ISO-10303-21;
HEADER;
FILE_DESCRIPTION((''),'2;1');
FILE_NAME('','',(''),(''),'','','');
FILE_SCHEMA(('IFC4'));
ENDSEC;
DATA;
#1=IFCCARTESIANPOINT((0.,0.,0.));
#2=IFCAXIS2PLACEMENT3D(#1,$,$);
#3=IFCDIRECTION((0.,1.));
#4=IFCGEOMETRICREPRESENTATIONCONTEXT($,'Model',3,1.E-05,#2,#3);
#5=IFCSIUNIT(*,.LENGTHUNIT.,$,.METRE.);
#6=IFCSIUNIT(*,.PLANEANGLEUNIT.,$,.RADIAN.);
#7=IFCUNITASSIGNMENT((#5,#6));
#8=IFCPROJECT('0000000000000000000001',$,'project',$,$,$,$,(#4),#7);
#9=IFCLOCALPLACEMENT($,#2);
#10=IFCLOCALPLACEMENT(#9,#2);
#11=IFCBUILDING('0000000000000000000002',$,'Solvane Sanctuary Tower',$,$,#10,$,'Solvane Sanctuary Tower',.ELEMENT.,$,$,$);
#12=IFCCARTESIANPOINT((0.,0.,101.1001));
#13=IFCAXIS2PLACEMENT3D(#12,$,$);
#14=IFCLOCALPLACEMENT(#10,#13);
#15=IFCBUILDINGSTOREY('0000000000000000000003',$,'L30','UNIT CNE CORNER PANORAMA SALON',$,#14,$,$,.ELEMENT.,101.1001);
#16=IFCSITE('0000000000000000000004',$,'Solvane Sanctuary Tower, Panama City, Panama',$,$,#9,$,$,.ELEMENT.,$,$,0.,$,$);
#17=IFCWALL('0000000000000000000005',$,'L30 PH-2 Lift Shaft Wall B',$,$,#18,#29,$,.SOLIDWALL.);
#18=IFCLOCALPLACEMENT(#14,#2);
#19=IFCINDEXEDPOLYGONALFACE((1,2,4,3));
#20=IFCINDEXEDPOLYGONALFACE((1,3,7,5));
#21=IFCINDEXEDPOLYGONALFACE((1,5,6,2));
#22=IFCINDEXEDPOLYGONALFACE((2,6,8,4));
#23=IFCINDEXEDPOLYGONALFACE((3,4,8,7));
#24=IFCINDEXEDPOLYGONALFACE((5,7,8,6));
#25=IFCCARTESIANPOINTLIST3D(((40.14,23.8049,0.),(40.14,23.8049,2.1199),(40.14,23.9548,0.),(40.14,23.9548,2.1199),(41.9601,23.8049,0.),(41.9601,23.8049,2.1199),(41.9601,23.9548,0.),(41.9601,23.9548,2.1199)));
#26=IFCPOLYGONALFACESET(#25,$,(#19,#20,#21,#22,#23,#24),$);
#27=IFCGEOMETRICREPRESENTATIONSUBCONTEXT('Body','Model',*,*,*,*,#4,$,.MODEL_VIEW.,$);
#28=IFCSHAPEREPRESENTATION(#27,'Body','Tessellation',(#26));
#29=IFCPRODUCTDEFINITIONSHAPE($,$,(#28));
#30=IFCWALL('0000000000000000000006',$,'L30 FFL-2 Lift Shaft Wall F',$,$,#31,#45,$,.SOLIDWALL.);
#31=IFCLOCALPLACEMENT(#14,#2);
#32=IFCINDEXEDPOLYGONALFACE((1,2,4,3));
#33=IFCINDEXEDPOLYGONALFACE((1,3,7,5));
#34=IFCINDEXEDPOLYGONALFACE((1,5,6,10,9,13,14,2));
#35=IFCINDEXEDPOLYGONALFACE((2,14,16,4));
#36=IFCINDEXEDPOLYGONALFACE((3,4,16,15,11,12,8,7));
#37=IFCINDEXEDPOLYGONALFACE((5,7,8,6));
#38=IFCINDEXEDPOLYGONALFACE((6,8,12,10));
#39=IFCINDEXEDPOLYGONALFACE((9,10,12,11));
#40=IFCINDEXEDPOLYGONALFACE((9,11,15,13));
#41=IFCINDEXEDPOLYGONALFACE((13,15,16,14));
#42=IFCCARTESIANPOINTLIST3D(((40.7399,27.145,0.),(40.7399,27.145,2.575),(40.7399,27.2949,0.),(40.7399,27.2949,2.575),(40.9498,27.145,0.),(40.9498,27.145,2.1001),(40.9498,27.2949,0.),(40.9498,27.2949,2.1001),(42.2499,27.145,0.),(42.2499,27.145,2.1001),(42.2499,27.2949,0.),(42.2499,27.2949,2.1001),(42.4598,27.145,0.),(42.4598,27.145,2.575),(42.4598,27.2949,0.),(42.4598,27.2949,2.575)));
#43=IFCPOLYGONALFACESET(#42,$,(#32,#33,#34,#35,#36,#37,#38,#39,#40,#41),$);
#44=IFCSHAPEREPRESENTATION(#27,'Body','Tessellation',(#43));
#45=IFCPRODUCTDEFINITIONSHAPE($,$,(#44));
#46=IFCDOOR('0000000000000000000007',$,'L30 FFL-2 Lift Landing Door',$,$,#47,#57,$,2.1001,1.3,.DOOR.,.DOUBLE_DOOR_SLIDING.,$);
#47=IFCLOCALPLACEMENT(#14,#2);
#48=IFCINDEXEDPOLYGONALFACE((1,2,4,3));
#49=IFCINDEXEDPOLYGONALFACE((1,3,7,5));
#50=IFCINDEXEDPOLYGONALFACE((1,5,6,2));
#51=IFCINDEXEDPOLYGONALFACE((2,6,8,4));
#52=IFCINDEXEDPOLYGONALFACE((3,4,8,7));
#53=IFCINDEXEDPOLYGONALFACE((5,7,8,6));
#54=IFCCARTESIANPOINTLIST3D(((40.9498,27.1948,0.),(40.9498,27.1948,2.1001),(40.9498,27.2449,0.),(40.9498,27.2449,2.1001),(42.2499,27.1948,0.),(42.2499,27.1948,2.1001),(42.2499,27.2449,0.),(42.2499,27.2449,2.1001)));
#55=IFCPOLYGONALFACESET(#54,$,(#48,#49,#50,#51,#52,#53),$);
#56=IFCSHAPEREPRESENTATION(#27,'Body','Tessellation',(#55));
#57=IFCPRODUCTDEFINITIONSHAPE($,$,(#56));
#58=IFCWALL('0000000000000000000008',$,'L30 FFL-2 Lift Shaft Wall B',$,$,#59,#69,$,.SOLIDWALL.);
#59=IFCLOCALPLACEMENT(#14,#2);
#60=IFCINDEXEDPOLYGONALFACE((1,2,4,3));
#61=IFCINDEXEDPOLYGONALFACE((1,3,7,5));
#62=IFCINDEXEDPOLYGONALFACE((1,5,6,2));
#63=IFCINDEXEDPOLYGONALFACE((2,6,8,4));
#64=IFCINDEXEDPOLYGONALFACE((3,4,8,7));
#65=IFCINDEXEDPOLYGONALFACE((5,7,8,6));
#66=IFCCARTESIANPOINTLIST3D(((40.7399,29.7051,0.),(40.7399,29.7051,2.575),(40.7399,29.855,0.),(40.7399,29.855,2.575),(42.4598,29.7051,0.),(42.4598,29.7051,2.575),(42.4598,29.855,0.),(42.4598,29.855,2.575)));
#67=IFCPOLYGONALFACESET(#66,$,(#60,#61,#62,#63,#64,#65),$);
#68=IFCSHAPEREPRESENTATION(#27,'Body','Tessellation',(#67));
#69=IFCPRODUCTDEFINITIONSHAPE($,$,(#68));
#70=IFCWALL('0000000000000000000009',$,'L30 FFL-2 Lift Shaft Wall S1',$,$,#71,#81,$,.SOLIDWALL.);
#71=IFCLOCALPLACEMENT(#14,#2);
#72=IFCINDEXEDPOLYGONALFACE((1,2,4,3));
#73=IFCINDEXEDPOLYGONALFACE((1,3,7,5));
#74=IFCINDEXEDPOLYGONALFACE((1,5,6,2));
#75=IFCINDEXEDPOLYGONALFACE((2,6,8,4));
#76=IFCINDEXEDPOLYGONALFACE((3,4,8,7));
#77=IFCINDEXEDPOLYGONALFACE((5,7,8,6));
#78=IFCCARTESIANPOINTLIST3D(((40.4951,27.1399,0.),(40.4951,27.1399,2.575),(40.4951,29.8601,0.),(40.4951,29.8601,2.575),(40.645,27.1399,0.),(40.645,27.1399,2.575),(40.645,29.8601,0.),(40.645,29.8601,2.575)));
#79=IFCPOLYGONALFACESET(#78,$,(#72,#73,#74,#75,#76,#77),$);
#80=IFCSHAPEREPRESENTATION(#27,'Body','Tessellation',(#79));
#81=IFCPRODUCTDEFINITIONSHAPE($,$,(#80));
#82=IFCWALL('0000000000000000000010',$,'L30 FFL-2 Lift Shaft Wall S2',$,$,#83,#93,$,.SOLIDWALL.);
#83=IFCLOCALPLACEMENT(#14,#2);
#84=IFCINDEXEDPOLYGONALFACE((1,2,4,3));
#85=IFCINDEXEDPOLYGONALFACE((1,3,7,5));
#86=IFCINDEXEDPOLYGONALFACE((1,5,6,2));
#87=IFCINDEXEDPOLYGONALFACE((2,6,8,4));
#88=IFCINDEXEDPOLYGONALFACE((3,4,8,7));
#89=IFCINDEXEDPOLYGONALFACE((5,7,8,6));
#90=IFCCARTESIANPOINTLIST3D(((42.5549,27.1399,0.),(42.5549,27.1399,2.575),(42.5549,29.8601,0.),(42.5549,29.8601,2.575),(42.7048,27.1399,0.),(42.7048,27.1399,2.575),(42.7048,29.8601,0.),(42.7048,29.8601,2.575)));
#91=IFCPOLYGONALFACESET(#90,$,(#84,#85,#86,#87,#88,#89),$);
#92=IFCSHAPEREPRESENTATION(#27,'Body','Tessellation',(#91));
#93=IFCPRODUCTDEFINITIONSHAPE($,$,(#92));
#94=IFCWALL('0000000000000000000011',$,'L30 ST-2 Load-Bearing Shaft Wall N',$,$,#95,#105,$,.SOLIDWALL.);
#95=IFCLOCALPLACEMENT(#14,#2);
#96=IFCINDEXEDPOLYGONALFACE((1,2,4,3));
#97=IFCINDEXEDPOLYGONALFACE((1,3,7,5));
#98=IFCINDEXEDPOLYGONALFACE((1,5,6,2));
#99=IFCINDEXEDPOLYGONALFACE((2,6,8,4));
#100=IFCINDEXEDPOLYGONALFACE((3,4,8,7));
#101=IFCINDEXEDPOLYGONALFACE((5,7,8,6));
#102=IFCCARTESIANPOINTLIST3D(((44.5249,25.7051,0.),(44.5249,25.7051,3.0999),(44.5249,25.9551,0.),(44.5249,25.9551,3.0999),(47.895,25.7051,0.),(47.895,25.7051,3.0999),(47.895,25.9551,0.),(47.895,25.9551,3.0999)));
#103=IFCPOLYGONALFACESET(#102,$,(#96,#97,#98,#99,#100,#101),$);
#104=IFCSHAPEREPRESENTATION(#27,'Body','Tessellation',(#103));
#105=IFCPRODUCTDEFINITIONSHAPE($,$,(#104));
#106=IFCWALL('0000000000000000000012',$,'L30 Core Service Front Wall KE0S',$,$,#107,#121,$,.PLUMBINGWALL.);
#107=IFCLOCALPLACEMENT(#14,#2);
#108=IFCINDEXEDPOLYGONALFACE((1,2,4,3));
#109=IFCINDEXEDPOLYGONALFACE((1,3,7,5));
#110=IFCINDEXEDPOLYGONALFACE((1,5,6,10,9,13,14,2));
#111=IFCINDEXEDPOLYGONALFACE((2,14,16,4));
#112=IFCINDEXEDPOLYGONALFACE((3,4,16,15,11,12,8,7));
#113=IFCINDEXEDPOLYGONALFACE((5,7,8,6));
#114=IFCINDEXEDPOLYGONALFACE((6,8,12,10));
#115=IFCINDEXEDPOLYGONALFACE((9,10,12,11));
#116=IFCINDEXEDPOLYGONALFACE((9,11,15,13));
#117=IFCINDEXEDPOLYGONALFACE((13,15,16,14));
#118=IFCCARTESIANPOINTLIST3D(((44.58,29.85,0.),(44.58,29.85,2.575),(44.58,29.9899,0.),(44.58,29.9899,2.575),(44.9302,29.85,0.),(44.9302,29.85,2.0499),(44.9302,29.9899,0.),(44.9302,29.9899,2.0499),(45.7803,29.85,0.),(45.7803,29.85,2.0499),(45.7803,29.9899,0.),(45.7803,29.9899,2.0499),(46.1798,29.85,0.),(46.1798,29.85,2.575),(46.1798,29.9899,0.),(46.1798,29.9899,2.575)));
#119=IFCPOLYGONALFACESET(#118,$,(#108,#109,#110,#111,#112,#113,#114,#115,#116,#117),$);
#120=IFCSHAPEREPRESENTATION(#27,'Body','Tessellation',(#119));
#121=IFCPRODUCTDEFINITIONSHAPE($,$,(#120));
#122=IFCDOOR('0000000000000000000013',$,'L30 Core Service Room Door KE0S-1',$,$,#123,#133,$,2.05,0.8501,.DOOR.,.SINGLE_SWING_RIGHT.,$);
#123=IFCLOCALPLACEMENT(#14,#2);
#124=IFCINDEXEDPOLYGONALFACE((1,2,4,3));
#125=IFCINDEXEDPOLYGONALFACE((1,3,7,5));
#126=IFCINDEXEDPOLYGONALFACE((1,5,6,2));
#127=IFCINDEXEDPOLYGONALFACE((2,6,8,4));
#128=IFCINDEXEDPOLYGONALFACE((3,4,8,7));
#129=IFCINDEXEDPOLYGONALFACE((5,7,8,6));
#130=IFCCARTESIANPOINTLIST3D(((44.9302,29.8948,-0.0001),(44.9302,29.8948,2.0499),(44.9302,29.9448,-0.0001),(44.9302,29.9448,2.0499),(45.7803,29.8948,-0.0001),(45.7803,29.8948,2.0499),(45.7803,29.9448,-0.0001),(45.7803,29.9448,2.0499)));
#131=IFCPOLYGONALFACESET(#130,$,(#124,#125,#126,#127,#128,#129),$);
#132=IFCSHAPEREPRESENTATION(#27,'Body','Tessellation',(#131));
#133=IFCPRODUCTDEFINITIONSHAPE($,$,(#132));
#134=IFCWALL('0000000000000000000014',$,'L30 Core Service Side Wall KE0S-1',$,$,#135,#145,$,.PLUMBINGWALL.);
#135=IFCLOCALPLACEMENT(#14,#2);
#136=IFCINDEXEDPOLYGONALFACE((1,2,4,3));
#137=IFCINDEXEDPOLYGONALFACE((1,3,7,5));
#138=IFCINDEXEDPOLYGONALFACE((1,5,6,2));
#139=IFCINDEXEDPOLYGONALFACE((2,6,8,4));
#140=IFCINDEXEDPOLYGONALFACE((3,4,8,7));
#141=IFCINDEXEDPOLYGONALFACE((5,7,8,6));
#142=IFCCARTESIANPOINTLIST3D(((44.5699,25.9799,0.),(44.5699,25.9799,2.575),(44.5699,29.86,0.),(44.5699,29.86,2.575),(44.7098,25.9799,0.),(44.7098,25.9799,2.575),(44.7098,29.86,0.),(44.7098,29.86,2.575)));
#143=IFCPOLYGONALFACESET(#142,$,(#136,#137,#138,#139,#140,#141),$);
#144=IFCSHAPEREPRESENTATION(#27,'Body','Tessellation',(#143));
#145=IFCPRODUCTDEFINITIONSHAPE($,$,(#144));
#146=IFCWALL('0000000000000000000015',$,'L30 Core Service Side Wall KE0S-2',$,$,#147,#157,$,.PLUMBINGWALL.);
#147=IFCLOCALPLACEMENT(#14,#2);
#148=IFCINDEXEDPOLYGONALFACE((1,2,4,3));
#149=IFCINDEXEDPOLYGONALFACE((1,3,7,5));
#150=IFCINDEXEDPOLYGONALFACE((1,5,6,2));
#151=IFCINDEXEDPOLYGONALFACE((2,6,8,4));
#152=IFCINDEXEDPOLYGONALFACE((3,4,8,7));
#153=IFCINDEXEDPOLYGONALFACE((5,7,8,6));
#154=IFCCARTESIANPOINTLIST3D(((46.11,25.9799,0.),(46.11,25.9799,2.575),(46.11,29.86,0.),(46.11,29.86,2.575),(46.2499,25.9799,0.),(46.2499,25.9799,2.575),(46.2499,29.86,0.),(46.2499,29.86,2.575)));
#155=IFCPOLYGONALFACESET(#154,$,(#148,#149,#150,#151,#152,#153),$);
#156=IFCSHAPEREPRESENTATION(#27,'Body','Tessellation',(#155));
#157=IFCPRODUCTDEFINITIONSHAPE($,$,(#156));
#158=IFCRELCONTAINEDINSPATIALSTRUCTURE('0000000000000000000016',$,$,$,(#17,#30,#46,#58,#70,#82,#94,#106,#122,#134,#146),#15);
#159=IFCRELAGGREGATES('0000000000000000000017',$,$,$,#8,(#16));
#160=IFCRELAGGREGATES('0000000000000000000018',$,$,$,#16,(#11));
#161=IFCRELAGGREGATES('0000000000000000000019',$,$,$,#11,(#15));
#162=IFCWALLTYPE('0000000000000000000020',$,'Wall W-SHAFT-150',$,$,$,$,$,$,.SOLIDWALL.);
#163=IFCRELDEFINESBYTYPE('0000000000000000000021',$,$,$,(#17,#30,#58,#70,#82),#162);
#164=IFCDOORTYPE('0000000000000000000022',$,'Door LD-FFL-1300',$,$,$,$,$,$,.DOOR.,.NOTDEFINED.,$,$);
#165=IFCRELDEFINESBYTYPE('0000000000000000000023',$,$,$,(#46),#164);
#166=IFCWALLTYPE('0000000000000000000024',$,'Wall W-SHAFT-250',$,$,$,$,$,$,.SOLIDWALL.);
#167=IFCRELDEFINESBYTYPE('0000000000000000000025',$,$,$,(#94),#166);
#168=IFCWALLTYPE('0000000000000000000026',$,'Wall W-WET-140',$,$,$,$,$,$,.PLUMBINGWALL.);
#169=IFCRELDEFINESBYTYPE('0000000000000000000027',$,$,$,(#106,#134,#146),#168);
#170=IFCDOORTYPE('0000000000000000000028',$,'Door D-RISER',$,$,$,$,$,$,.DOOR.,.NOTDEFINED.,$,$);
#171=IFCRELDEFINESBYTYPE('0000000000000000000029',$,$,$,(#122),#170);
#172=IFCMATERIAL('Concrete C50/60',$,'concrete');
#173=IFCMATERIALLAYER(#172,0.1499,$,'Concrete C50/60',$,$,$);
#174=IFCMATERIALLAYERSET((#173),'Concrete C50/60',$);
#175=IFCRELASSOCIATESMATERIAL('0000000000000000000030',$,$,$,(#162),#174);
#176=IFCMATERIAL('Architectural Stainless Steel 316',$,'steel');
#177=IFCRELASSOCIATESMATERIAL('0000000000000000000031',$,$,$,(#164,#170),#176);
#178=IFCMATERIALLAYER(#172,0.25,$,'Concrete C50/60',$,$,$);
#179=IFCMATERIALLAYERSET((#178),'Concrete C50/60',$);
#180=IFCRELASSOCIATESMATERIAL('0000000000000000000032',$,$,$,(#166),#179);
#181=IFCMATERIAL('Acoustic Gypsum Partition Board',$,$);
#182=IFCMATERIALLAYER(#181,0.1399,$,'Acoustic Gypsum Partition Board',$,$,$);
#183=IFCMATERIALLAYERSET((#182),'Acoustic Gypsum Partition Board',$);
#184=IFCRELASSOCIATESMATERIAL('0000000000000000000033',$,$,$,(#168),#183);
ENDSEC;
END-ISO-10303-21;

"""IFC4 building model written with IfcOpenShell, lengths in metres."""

from ifc_helpers import new_model, si_unit, direction, frame, frame_2d, origin, place, context, subcontext, project, spatial, rectangle, extrude, material, layer, layer_set, type_object, element, fill, save


model = new_model("IFC4")

# Units and contexts
model_context = context("Model", 3, precision=1e-05, world=origin(), true_north=direction((0.0, 1.0)))
body_context = subcontext(model_context, "Body", "Model", "MODEL_VIEW")
ifc_project = project(units=[si_unit("LENGTHUNIT", "METRE"), si_unit("PLANEANGLEUNIT", "RADIAN")], contexts=[model_context])

# Site, building, storey
site_placement = place(None, origin())
site = spatial("IfcSite", under=ifc_project, at=site_placement, Name="Solvane Sanctuary Tower, Panama City, Panama", CompositionType="ELEMENT", RefElevation=0.0)
building_placement = place(site_placement, origin())
building = spatial("IfcBuilding", under=site, at=building_placement, Name="Solvane Sanctuary Tower", LongName="Solvane Sanctuary Tower", CompositionType="ELEMENT")
storey_placement = place(building_placement, frame((0.0, 0.0, 101.1001)))
storey = spatial("IfcBuildingStorey", under=building, at=storey_placement, Name="L30", Description="UNIT CNE CORNER PANORAMA SALON", CompositionType="ELEMENT", Elevation=101.1001)

# Shared definitions
ifc_material_1 = material(Name="Acoustic Gypsum Partition Board")

# Wall
ifc_material_2 = material(Name="Concrete C50/60", Category="concrete")
ifc_layer_1 = layer(ifc_material_2, 0.1499, Name="Concrete C50/60")
ifc_layer_set_1 = layer_set([ifc_layer_1], Name="Concrete C50/60")
wall_type_1 = type_object("IfcWallType", Name="Wall W-SHAFT-150", PredefinedType="SOLIDWALL", material=ifc_layer_set_1)
wall_1_placement = place(storey_placement, frame((40.1399, 23.8799, 0.0), z_axis=(0.0, 0.0, 1.0), x_axis=(1.0, 0.0, 0.0)))
element("IfcWall", 1, at=wall_1_placement, inside=storey, type_object=wall_type_1, Name="L30 PH-2 Lift Shaft Wall B", PredefinedType="SOLIDWALL", context=body_context, shape_type="SweptSolid", body=[
    extrude(rectangle(XDim=1.8201, YDim=0.1499, at=frame_2d((0.9102, 0.0))), origin(), (0.0, 0.0, 1.0), 2.1199),
])

# Wall, opening, door
wall_2_placement = place(storey_placement, frame((40.74, 27.22, 0.0), z_axis=(0.0, 0.0, 1.0), x_axis=(1.0, 0.0, 0.0)))
wall_2 = element("IfcWall", 2, at=wall_2_placement, inside=storey, type_object=wall_type_1, Name="L30 FFL-2 Lift Shaft Wall F", PredefinedType="SOLIDWALL", context=body_context, shape_type="SweptSolid", body=[
    extrude(rectangle(XDim=1.72, YDim=0.1499, at=frame_2d((0.8599, 0.0))), origin(), (0.0, 0.0, 1.0), 2.575),
])
opening_1_placement = place(wall_2_placement, frame((0.21, 0.0, 0.0)))
opening_1 = element("IfcOpeningElement", 3, at=opening_1_placement, cuts=wall_2, PredefinedType="OPENING", context=body_context, shape_type="SweptSolid", body=[
    extrude(rectangle(XDim=1.3, YDim=2.1001, at=frame_2d((0.6499, 1.05))), frame((0.0, 0.085, 0.0), z_axis=(0.0, -1.0, 0.0), x_axis=(1.0, 0.0, 0.0)), (0.0, 0.0, 1.0), 0.1699),
])
ifc_material_3 = material(Name="Architectural Stainless Steel 316", Category="steel")
door_type_1 = type_object("IfcDoorType", Name="Door LD-FFL-1300", OperationType="NOTDEFINED", PredefinedType="DOOR", material=ifc_material_3)
door_1_placement = place(opening_1_placement, origin())
door_1 = element("IfcDoor", 4, at=door_1_placement, inside=storey, type_object=door_type_1, Name="L30 FFL-2 Lift Landing Door", OperationType="DOUBLE_DOOR_SLIDING", OverallHeight=2.1001, OverallWidth=1.3, PredefinedType="DOOR", context=body_context, shape_type="SweptSolid", body=[
    extrude(rectangle(XDim=1.3, YDim=2.1001, at=frame_2d((0.6499, 1.05))), frame((0.0, 0.0249, 0.0), z_axis=(0.0, -1.0, 0.0), x_axis=(1.0, 0.0, 0.0)), (0.0, 0.0, 1.0), 0.05),
])
fill(opening_1, door_1)

# Walls
wall_3_placement = place(storey_placement, frame((40.74, 29.78, 0.0), z_axis=(0.0, 0.0, 1.0), x_axis=(1.0, 0.0, 0.0)))
element("IfcWall", 5, at=wall_3_placement, inside=storey, type_object=wall_type_1, Name="L30 FFL-2 Lift Shaft Wall B", PredefinedType="SOLIDWALL", context=body_context, shape_type="SweptSolid", body=[
    extrude(rectangle(XDim=1.72, YDim=0.1499, at=frame_2d((0.8599, 0.0))), origin(), (0.0, 0.0, 1.0), 2.575),
])
for number, where, z_axis, x_axis, name in (
    (6, (40.5701, 27.1399, 0.0), (0.0, 0.0, 1.0), (0.0, 1.0, 0.0), "L30 FFL-2 Lift Shaft Wall S1"),
    (7, (42.6299, 27.1399, 0.0), (0.0, 0.0, 1.0), (0.0, 1.0, 0.0), "L30 FFL-2 Lift Shaft Wall S2"),
):
    element("IfcWall", number, at=place(storey_placement, frame(where, z_axis=z_axis, x_axis=x_axis)), inside=storey, type_object=wall_type_1, Name=name, PredefinedType="SOLIDWALL", context=body_context, shape_type="SweptSolid", body=[
        extrude(rectangle(XDim=2.7202, YDim=0.1499, at=frame_2d((1.3601, 0.0))), origin(), (0.0, 0.0, 1.0), 2.575),
    ])
ifc_layer_2 = layer(ifc_material_2, 0.25, Name="Concrete C50/60")
ifc_layer_set_2 = layer_set([ifc_layer_2], Name="Concrete C50/60")
wall_type_2 = type_object("IfcWallType", Name="Wall W-SHAFT-250", PredefinedType="SOLIDWALL", material=ifc_layer_set_2)
wall_4_placement = place(storey_placement, frame((44.5249, 25.8301, 0.0), z_axis=(0.0, 0.0, 1.0), x_axis=(1.0, 0.0, 0.0)))
element("IfcWall", 8, at=wall_4_placement, inside=storey, type_object=wall_type_2, Name="L30 ST-2 Load-Bearing Shaft Wall N", PredefinedType="SOLIDWALL", context=body_context, shape_type="SweptSolid", body=[
    extrude(rectangle(XDim=3.3701, YDim=0.25, at=frame_2d((1.6851, 0.0))), origin(), (0.0, 0.0, 1.0), 3.0999),
])

# Wall, opening, door
ifc_layer_3 = layer(ifc_material_1, 0.1399, Name="Acoustic Gypsum Partition Board")
ifc_layer_set_3 = layer_set([ifc_layer_3], Name="Acoustic Gypsum Partition Board")
wall_type_3 = type_object("IfcWallType", Name="Wall W-WET-140", PredefinedType="PLUMBINGWALL", material=ifc_layer_set_3)
wall_5_placement = place(storey_placement, frame((44.5801, 29.9199, 0.0), z_axis=(0.0, 0.0, 1.0), x_axis=(1.0, 0.0, 0.0)))
wall_5 = element("IfcWall", 9, at=wall_5_placement, inside=storey, type_object=wall_type_3, Name="L30 Core Service Front Wall KE0S", PredefinedType="PLUMBINGWALL", context=body_context, shape_type="SweptSolid", body=[
    extrude(rectangle(XDim=1.5999, YDim=0.1399, at=frame_2d((0.7998, 0.0))), origin(), (0.0, 0.0, 1.0), 2.575),
])
opening_2_placement = place(wall_5_placement, frame((0.3501, 0.0, 0.0)))
opening_2 = element("IfcOpeningElement", 10, at=opening_2_placement, cuts=wall_5, PredefinedType="OPENING", context=body_context, shape_type="SweptSolid", body=[
    extrude(rectangle(XDim=0.8501, YDim=2.05, at=frame_2d((0.425, 1.0249))), frame((0.0, 0.0798, 0.0), z_axis=(0.0, -1.0, 0.0), x_axis=(1.0, 0.0, 0.0)), (0.0, 0.0, 1.0), 0.1599),
])
door_type_2 = type_object("IfcDoorType", Name="Door D-RISER", OperationType="NOTDEFINED", PredefinedType="DOOR", material=ifc_material_3)
door_2_placement = place(opening_2_placement, origin())
door_2 = element("IfcDoor", 11, at=door_2_placement, inside=storey, type_object=door_type_2, Name="L30 Core Service Room Door KE0S-1", OperationType="SINGLE_SWING_RIGHT", OverallHeight=2.05, OverallWidth=0.8501, PredefinedType="DOOR", context=body_context, shape_type="SweptSolid", body=[
    extrude(rectangle(XDim=0.8501, YDim=2.05, at=frame_2d((0.425, 1.0249))), frame((0.0, 0.0249, 0.0), z_axis=(0.0, -1.0, 0.0), x_axis=(1.0, 0.0, 0.0)), (0.0, 0.0, 1.0), 0.05),
])
fill(opening_2, door_2)

# Walls
for number, where, z_axis, x_axis, name in (
    (12, (44.6399, 25.98, 0.0), (0.0, 0.0, 1.0), (0.0, 1.0, 0.0), "L30 Core Service Side Wall KE0S-1"),
    (13, (46.1799, 25.98, 0.0), (0.0, 0.0, 1.0), (0.0, 1.0, 0.0), "L30 Core Service Side Wall KE0S-2"),
):
    element("IfcWall", number, at=place(storey_placement, frame(where, z_axis=z_axis, x_axis=x_axis)), inside=storey, type_object=wall_type_3, Name=name, PredefinedType="PLUMBINGWALL", context=body_context, shape_type="SweptSolid", body=[
        extrude(rectangle(XDim=3.8801, YDim=0.1399, at=frame_2d((1.9399, 0.0))), origin(), (0.0, 0.0, 1.0), 2.575),
    ])

save(model, "model.ifc")
